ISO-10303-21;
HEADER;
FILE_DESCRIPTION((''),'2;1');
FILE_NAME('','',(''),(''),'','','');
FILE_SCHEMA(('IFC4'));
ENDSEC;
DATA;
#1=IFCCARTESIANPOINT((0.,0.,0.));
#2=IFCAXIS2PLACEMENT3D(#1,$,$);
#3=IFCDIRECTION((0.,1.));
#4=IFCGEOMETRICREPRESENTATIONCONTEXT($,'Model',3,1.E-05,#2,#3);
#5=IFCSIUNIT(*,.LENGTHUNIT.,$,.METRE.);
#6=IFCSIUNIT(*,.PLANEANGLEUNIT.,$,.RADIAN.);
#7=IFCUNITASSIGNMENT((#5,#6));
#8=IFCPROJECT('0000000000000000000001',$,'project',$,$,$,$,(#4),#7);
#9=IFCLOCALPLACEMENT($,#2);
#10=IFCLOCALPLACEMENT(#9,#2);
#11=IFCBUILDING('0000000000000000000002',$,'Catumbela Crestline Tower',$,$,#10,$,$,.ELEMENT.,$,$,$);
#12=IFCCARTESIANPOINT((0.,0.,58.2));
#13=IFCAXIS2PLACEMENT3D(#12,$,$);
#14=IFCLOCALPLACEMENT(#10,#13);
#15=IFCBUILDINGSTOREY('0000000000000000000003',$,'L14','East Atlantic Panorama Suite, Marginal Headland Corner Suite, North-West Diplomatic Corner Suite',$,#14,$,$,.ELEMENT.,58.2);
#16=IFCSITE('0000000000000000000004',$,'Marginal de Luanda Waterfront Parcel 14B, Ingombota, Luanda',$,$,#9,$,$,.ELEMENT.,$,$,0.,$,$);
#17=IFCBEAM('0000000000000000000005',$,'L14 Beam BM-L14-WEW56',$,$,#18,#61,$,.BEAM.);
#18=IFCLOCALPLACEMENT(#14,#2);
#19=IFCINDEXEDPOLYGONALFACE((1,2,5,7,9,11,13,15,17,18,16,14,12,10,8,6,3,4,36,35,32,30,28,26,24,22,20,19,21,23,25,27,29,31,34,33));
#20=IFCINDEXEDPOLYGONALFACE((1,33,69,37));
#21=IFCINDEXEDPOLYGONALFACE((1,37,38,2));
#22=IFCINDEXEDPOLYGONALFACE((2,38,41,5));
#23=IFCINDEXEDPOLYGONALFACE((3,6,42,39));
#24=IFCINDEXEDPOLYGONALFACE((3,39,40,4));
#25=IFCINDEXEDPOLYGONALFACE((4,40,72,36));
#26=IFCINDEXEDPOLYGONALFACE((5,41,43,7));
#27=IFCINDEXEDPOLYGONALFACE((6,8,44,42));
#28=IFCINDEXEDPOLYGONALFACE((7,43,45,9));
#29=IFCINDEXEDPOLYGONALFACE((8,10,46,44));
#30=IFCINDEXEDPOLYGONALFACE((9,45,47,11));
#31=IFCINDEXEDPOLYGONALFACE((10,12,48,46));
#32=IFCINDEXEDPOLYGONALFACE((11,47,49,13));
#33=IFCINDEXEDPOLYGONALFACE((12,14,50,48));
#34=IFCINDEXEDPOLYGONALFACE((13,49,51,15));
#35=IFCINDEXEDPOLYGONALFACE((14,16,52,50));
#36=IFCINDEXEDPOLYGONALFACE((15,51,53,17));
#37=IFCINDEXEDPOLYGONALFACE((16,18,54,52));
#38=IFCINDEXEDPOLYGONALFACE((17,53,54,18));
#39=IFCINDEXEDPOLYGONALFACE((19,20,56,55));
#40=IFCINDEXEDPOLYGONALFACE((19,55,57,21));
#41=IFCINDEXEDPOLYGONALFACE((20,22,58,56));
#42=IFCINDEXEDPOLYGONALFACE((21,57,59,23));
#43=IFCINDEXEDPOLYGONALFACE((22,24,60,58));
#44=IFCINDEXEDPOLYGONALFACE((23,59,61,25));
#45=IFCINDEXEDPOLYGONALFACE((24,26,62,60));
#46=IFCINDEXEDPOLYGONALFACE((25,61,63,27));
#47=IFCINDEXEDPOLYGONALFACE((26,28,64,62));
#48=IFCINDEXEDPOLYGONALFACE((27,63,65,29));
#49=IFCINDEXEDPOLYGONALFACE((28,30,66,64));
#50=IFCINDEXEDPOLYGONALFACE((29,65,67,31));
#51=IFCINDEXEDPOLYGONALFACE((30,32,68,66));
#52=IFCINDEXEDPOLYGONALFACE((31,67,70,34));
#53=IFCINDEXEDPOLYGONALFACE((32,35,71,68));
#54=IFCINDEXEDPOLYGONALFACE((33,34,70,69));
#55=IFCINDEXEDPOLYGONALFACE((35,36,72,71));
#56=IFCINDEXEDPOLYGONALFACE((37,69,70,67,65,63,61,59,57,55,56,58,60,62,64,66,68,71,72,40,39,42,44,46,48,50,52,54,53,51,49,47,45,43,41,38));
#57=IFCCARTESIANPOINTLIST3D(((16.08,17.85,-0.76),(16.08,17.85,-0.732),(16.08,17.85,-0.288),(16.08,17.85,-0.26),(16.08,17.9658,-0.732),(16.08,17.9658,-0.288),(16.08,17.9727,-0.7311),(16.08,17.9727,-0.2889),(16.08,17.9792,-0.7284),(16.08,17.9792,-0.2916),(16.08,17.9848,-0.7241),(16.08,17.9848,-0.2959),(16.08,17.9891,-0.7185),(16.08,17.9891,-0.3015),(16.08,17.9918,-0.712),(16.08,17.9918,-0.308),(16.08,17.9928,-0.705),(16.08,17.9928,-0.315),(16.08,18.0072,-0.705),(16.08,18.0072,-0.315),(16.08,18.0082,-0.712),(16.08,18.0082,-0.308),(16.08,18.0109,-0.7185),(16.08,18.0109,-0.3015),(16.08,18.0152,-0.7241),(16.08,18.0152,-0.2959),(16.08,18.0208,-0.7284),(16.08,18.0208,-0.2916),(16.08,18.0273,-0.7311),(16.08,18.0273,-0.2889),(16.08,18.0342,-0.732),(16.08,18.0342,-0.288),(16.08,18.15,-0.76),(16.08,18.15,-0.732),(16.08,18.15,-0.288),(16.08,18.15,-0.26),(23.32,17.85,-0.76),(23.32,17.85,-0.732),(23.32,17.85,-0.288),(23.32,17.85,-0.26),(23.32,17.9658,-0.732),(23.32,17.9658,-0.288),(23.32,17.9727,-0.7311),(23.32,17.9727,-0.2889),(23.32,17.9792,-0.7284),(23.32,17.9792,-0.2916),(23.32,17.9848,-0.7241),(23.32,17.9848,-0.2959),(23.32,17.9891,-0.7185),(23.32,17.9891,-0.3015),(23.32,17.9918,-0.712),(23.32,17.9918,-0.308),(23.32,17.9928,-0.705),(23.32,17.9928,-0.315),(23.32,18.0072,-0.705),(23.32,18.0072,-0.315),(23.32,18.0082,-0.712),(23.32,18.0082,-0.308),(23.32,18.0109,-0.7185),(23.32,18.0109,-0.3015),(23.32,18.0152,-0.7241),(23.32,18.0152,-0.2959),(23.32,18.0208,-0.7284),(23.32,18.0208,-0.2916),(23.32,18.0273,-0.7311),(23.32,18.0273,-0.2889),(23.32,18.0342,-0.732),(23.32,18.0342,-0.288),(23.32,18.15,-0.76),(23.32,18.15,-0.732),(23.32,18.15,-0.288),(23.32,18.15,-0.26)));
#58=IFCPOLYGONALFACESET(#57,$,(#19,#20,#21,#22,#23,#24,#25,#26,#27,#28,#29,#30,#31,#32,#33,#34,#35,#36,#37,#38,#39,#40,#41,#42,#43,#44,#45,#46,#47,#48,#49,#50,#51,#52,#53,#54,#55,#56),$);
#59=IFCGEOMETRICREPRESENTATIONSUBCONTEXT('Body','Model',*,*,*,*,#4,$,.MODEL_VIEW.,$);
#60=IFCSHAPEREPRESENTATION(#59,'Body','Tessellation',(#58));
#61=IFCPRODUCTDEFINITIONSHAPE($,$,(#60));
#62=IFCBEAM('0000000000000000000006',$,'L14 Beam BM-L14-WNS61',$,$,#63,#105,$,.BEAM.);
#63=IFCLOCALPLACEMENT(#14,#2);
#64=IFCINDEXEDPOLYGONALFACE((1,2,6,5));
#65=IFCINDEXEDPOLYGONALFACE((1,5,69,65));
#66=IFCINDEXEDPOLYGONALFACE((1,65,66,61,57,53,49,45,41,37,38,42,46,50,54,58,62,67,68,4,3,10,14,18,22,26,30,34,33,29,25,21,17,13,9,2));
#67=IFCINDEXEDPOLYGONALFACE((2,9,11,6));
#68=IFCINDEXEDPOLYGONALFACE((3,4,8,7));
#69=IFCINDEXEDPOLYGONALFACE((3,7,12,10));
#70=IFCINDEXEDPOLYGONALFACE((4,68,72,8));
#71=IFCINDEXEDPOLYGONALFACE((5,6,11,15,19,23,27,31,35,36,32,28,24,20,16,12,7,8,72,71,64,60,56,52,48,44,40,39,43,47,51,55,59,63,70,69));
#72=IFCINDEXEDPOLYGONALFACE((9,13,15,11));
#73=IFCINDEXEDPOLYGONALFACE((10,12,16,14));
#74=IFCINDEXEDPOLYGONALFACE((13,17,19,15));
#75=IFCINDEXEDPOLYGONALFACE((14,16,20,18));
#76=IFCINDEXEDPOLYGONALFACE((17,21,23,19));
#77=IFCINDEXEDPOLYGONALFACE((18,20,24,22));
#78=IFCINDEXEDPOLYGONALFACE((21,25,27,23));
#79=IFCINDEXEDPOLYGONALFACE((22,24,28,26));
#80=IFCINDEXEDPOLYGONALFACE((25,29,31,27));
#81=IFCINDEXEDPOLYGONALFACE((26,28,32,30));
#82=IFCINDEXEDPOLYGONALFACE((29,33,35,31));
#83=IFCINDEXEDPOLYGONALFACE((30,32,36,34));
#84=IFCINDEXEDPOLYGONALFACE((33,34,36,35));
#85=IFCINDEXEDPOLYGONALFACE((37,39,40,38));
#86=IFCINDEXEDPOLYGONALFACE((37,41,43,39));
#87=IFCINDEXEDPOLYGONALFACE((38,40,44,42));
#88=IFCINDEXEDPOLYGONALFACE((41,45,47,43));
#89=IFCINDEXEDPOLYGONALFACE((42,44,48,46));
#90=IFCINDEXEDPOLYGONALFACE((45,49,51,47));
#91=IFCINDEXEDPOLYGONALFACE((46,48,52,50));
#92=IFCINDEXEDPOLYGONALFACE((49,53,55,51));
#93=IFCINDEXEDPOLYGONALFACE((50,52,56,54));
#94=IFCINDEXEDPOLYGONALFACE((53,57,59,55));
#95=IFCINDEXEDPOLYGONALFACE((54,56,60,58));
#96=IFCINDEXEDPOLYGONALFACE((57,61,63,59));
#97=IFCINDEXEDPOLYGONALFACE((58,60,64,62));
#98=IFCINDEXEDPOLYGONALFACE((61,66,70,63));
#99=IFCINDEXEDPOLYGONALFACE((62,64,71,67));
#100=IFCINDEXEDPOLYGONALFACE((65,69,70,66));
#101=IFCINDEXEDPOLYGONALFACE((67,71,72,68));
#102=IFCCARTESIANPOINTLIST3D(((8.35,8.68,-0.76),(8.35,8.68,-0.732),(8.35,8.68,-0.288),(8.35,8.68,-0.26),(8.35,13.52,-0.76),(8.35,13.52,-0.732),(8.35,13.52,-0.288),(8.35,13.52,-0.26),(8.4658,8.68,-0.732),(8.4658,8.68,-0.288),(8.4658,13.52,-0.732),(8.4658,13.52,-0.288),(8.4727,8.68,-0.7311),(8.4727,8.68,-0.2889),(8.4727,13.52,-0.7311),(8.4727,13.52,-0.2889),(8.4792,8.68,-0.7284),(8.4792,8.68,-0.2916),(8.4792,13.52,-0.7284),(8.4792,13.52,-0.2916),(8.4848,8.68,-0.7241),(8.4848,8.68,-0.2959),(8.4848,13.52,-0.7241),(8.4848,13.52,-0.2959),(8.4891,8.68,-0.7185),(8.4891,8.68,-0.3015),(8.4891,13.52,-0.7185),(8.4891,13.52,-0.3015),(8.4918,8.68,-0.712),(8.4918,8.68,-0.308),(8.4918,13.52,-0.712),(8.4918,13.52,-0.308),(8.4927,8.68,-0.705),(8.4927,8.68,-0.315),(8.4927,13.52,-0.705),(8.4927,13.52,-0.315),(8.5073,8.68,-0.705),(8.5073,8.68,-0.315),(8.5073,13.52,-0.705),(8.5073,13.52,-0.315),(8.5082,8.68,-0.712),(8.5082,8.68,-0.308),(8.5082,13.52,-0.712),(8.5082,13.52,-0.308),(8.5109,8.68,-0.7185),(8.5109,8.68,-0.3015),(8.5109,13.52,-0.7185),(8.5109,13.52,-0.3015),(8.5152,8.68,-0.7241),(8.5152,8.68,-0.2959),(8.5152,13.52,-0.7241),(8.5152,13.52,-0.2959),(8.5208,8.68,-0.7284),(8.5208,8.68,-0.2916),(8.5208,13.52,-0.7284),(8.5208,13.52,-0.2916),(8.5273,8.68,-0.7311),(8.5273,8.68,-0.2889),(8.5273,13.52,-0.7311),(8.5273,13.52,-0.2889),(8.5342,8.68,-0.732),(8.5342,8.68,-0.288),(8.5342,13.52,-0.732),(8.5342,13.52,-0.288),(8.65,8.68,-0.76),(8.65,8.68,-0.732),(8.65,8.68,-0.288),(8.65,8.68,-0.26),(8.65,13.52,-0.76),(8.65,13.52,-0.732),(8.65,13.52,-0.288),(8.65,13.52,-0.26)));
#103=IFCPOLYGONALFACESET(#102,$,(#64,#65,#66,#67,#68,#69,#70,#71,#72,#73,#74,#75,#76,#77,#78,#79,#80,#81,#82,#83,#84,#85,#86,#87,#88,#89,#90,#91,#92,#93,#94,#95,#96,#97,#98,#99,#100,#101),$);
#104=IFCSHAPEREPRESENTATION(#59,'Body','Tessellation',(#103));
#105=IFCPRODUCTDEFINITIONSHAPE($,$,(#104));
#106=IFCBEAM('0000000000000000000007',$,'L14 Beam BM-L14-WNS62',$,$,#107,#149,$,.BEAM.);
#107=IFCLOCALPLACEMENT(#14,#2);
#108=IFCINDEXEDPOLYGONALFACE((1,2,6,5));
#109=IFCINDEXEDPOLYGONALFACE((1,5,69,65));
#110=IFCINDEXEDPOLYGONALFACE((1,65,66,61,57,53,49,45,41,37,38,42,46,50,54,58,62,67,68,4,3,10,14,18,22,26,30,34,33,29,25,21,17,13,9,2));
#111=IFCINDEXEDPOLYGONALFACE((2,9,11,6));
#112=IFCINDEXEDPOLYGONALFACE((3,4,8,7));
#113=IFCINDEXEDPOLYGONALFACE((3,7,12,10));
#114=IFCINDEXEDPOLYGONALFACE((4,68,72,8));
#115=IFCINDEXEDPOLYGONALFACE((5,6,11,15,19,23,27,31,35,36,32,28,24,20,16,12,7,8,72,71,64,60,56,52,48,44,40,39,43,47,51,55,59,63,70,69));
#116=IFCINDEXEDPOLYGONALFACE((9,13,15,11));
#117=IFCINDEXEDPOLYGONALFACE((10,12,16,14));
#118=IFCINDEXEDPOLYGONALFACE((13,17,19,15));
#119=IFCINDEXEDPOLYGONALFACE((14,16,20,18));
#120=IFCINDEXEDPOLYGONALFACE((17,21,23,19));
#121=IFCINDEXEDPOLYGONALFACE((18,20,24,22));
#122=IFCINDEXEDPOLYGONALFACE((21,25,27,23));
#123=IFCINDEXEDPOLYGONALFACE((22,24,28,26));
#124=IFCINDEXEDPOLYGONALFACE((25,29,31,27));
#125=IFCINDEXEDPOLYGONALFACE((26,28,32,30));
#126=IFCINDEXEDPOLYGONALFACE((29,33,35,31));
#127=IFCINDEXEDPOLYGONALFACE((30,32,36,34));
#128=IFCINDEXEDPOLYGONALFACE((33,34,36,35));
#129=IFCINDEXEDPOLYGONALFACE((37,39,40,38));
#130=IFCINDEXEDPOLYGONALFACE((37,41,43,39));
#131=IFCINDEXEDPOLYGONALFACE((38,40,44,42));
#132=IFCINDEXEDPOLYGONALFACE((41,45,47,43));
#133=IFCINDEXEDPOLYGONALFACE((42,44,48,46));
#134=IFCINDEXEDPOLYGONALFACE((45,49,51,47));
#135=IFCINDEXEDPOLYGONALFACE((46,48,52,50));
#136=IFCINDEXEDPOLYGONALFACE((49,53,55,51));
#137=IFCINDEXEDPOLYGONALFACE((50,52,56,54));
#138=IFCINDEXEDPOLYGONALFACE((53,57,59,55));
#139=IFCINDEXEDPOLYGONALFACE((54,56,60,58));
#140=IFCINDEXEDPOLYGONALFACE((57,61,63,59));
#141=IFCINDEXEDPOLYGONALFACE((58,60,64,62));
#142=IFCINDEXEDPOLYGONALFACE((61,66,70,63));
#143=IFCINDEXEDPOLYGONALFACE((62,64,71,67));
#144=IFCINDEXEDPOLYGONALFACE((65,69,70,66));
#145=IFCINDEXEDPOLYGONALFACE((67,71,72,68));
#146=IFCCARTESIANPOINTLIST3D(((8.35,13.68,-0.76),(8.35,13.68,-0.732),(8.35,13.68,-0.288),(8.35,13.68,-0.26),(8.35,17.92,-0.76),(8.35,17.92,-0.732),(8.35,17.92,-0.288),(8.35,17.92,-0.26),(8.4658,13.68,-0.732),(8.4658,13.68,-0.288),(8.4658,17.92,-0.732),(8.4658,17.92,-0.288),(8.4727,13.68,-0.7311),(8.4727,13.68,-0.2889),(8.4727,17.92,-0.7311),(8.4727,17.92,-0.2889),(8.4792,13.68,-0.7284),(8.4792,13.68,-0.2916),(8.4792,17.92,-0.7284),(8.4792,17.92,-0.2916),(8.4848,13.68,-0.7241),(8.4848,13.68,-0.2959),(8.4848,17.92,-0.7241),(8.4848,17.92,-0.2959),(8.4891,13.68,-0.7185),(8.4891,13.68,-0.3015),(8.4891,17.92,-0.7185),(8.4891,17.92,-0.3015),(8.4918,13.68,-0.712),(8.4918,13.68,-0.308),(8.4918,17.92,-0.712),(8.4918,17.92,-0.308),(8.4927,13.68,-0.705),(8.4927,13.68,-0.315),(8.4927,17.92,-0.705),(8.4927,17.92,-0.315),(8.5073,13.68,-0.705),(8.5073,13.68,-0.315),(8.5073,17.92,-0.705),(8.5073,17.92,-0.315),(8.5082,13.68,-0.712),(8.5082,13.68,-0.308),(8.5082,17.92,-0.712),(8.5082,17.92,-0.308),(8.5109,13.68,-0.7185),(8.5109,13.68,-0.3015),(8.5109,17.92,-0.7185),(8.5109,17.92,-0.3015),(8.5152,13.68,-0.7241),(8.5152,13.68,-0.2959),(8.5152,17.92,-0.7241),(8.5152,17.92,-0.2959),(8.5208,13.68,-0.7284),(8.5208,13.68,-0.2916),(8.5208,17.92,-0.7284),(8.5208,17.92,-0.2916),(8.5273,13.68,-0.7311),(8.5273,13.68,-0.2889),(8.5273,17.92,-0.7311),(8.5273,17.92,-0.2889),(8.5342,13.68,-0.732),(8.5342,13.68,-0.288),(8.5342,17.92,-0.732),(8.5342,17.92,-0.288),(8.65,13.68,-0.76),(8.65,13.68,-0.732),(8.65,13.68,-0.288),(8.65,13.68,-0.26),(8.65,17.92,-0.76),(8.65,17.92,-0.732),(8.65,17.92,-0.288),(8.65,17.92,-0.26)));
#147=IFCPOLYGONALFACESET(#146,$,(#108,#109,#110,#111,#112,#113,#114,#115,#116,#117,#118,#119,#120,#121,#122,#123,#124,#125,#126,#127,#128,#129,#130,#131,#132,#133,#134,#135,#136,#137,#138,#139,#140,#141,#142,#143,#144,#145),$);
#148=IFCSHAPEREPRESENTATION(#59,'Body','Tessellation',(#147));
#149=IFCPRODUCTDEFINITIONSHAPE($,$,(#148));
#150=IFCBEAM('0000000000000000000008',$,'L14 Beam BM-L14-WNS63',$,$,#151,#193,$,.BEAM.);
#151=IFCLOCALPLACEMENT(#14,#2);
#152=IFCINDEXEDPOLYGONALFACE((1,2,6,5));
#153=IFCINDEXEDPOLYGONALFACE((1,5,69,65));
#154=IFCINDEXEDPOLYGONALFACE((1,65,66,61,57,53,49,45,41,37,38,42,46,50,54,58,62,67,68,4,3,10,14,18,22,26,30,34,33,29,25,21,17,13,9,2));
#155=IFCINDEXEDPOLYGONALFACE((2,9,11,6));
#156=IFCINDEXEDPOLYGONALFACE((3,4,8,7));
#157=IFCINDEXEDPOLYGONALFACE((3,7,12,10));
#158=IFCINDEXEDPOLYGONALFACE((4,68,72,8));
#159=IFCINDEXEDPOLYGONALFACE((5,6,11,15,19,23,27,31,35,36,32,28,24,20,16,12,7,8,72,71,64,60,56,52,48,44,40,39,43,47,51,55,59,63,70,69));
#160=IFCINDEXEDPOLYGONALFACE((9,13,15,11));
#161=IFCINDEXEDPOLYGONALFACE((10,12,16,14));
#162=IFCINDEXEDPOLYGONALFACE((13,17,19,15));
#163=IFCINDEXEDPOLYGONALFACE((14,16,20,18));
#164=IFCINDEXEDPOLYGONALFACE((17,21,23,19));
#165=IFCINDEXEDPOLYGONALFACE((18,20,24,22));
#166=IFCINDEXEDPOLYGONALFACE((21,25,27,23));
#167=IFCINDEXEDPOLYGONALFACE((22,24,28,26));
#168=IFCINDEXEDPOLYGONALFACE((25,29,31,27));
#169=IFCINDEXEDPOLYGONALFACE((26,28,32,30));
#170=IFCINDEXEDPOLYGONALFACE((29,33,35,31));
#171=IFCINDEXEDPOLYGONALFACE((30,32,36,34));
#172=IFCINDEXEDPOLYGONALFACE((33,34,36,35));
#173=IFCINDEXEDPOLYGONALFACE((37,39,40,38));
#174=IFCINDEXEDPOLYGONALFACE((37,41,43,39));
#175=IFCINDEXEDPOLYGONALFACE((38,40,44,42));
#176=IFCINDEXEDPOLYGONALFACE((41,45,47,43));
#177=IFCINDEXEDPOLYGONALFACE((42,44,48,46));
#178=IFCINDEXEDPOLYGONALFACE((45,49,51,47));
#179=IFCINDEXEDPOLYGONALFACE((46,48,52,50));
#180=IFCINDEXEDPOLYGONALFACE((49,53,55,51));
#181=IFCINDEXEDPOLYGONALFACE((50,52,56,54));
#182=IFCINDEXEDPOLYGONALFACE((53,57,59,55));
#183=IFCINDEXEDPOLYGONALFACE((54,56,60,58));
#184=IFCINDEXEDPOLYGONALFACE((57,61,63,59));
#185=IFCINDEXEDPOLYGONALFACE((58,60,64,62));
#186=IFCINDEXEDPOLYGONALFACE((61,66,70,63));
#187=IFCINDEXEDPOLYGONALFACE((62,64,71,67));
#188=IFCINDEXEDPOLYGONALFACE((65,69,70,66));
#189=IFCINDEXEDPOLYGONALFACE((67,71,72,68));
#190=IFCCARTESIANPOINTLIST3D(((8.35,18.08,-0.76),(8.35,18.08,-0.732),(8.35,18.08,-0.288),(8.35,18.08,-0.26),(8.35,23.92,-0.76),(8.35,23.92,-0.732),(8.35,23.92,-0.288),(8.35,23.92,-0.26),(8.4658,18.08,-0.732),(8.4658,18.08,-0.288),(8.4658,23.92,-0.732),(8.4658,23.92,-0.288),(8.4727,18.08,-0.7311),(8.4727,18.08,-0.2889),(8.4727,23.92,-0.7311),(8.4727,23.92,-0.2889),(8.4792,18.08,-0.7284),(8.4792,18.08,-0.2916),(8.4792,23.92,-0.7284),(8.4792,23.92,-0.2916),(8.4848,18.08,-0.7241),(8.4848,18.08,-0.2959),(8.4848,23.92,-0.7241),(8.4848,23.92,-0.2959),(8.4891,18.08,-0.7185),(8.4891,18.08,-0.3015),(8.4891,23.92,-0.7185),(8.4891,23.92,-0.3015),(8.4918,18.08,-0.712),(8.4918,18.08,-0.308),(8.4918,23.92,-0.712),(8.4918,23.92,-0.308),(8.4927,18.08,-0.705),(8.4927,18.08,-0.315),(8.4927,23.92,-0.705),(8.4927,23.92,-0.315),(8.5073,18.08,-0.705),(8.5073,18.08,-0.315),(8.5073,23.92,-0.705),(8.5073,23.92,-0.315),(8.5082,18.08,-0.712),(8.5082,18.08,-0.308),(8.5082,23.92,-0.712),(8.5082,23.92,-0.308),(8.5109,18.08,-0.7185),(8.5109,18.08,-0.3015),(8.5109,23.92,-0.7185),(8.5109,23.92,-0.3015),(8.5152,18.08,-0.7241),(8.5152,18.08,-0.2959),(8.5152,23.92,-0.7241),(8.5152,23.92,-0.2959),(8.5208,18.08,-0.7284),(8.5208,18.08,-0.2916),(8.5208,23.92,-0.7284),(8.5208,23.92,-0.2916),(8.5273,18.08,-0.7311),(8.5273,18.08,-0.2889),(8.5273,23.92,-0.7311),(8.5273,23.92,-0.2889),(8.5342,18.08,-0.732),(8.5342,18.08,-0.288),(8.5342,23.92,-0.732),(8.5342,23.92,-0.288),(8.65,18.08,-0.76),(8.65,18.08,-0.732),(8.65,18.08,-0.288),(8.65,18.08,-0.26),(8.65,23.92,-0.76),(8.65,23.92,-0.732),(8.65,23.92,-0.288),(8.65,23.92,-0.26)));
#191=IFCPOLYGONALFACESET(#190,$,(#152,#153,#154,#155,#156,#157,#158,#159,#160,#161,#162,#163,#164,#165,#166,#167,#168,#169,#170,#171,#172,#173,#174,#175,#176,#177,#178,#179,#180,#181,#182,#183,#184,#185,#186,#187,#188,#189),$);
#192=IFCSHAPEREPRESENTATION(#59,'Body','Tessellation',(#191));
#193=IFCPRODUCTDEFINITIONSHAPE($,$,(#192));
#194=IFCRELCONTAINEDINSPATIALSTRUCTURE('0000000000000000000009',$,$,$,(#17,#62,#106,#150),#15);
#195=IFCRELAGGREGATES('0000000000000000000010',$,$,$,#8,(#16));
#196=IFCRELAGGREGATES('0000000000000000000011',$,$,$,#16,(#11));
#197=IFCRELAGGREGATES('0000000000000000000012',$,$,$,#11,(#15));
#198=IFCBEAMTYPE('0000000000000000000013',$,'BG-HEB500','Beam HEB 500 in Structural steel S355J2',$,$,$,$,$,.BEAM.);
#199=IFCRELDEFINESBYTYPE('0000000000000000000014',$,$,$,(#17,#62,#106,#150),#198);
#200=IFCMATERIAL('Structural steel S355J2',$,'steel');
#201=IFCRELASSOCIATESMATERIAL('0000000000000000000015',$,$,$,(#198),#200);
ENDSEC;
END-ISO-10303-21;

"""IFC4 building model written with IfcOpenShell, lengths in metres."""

from ifc_helpers import new_model, si_unit, direction, frame, origin, origin_2d, place, context, subcontext, project, spatial, i_section, extrude, material, material_profile, profile_set, type_object, element, save


model = new_model("IFC4")

# Units and contexts
model_context = context("Model", 3, precision=1e-05, world=origin(), true_north=direction((0.0, 1.0)))
body_context = subcontext(model_context, "Body", "Model", "MODEL_VIEW")
ifc_project = project(units=[si_unit("LENGTHUNIT", "METRE"), si_unit("PLANEANGLEUNIT", "RADIAN")], contexts=[model_context])

# Site, building, storey
site_placement = place(None, origin())
site = spatial("IfcSite", under=ifc_project, at=site_placement, Name="Marginal de Luanda Waterfront Parcel 14B, Ingombota, Luanda", CompositionType="ELEMENT", RefElevation=0.0)
building_placement = place(site_placement, origin())
building = spatial("IfcBuilding", under=site, at=building_placement, Name="Catumbela Crestline Tower", CompositionType="ELEMENT")
storey_placement = place(building_placement, frame((0.0, 0.0, 58.2)))
storey = spatial("IfcBuildingStorey", under=building, at=storey_placement, Name="L14", Description="East Atlantic Panorama Suite, Marginal Headland Corner Suite, North-West Diplomatic Corner Suite", CompositionType="ELEMENT", Elevation=58.2)

# Beams
ifc_material_1 = material(Name="Structural steel S355J2", Category="steel")
ifc_material_profile_1 = material_profile(ifc_material_1, i_section(OverallWidth=0.3, OverallDepth=0.5, WebThickness=0.0145, FlangeThickness=0.028, FilletRadius=0.027, at=origin_2d()), Name="HEB 500")
ifc_profile_set_1 = profile_set([ifc_material_profile_1], Name="Structural steel S355J2")
beam_type_1 = type_object("IfcBeamType", Name="BG-HEB500", Description="Beam HEB 500 in Structural steel S355J2", PredefinedType="BEAM", material=ifc_profile_set_1)
beam_1_placement = place(storey_placement, frame((16.08, 18.0, -0.51), z_axis=(1.0, 0.0, 0.0), x_axis=(0.0, 1.0, 0.0)))
element("IfcBeam", 1, at=beam_1_placement, inside=storey, type_object=beam_type_1, Name="L14 Beam BM-L14-WEW56", PredefinedType="BEAM", context=body_context, shape_type="SweptSolid", body=[
    extrude(i_section(OverallWidth=0.3, OverallDepth=0.5, WebThickness=0.0145, FlangeThickness=0.028, FilletRadius=0.027, at=origin_2d()), origin(), (0.0, 0.0, 1.0), 7.24),
])
beam_2_placement = place(storey_placement, frame((8.5, 8.68, -0.51), z_axis=(0.0, 1.0, 0.0), x_axis=(-1.0, 0.0, 0.0)))
element("IfcBeam", 2, at=beam_2_placement, inside=storey, type_object=beam_type_1, Name="L14 Beam BM-L14-WNS61", PredefinedType="BEAM", context=body_context, shape_type="SweptSolid", body=[
    extrude(i_section(OverallWidth=0.3, OverallDepth=0.5, WebThickness=0.0145, FlangeThickness=0.028, FilletRadius=0.027, at=origin_2d()), origin(), (0.0, 0.0, 1.0), 4.84),
])
beam_3_placement = place(storey_placement, frame((8.5, 13.68, -0.51), z_axis=(0.0, 1.0, 0.0), x_axis=(-1.0, 0.0, 0.0)))
element("IfcBeam", 3, at=beam_3_placement, inside=storey, type_object=beam_type_1, Name="L14 Beam BM-L14-WNS62", PredefinedType="BEAM", context=body_context, shape_type="SweptSolid", body=[
    extrude(i_section(OverallWidth=0.3, OverallDepth=0.5, WebThickness=0.0145, FlangeThickness=0.028, FilletRadius=0.027, at=origin_2d()), origin(), (0.0, 0.0, 1.0), 4.24),
])
beam_4_placement = place(storey_placement, frame((8.5, 18.08, -0.51), z_axis=(0.0, 1.0, 0.0), x_axis=(-1.0, 0.0, 0.0)))
element("IfcBeam", 4, at=beam_4_placement, inside=storey, type_object=beam_type_1, Name="L14 Beam BM-L14-WNS63", PredefinedType="BEAM", context=body_context, shape_type="SweptSolid", body=[
    extrude(i_section(OverallWidth=0.3, OverallDepth=0.5, WebThickness=0.0145, FlangeThickness=0.028, FilletRadius=0.027, at=origin_2d()), origin(), (0.0, 0.0, 1.0), 5.84),
])

save(model, "model.ifc")
